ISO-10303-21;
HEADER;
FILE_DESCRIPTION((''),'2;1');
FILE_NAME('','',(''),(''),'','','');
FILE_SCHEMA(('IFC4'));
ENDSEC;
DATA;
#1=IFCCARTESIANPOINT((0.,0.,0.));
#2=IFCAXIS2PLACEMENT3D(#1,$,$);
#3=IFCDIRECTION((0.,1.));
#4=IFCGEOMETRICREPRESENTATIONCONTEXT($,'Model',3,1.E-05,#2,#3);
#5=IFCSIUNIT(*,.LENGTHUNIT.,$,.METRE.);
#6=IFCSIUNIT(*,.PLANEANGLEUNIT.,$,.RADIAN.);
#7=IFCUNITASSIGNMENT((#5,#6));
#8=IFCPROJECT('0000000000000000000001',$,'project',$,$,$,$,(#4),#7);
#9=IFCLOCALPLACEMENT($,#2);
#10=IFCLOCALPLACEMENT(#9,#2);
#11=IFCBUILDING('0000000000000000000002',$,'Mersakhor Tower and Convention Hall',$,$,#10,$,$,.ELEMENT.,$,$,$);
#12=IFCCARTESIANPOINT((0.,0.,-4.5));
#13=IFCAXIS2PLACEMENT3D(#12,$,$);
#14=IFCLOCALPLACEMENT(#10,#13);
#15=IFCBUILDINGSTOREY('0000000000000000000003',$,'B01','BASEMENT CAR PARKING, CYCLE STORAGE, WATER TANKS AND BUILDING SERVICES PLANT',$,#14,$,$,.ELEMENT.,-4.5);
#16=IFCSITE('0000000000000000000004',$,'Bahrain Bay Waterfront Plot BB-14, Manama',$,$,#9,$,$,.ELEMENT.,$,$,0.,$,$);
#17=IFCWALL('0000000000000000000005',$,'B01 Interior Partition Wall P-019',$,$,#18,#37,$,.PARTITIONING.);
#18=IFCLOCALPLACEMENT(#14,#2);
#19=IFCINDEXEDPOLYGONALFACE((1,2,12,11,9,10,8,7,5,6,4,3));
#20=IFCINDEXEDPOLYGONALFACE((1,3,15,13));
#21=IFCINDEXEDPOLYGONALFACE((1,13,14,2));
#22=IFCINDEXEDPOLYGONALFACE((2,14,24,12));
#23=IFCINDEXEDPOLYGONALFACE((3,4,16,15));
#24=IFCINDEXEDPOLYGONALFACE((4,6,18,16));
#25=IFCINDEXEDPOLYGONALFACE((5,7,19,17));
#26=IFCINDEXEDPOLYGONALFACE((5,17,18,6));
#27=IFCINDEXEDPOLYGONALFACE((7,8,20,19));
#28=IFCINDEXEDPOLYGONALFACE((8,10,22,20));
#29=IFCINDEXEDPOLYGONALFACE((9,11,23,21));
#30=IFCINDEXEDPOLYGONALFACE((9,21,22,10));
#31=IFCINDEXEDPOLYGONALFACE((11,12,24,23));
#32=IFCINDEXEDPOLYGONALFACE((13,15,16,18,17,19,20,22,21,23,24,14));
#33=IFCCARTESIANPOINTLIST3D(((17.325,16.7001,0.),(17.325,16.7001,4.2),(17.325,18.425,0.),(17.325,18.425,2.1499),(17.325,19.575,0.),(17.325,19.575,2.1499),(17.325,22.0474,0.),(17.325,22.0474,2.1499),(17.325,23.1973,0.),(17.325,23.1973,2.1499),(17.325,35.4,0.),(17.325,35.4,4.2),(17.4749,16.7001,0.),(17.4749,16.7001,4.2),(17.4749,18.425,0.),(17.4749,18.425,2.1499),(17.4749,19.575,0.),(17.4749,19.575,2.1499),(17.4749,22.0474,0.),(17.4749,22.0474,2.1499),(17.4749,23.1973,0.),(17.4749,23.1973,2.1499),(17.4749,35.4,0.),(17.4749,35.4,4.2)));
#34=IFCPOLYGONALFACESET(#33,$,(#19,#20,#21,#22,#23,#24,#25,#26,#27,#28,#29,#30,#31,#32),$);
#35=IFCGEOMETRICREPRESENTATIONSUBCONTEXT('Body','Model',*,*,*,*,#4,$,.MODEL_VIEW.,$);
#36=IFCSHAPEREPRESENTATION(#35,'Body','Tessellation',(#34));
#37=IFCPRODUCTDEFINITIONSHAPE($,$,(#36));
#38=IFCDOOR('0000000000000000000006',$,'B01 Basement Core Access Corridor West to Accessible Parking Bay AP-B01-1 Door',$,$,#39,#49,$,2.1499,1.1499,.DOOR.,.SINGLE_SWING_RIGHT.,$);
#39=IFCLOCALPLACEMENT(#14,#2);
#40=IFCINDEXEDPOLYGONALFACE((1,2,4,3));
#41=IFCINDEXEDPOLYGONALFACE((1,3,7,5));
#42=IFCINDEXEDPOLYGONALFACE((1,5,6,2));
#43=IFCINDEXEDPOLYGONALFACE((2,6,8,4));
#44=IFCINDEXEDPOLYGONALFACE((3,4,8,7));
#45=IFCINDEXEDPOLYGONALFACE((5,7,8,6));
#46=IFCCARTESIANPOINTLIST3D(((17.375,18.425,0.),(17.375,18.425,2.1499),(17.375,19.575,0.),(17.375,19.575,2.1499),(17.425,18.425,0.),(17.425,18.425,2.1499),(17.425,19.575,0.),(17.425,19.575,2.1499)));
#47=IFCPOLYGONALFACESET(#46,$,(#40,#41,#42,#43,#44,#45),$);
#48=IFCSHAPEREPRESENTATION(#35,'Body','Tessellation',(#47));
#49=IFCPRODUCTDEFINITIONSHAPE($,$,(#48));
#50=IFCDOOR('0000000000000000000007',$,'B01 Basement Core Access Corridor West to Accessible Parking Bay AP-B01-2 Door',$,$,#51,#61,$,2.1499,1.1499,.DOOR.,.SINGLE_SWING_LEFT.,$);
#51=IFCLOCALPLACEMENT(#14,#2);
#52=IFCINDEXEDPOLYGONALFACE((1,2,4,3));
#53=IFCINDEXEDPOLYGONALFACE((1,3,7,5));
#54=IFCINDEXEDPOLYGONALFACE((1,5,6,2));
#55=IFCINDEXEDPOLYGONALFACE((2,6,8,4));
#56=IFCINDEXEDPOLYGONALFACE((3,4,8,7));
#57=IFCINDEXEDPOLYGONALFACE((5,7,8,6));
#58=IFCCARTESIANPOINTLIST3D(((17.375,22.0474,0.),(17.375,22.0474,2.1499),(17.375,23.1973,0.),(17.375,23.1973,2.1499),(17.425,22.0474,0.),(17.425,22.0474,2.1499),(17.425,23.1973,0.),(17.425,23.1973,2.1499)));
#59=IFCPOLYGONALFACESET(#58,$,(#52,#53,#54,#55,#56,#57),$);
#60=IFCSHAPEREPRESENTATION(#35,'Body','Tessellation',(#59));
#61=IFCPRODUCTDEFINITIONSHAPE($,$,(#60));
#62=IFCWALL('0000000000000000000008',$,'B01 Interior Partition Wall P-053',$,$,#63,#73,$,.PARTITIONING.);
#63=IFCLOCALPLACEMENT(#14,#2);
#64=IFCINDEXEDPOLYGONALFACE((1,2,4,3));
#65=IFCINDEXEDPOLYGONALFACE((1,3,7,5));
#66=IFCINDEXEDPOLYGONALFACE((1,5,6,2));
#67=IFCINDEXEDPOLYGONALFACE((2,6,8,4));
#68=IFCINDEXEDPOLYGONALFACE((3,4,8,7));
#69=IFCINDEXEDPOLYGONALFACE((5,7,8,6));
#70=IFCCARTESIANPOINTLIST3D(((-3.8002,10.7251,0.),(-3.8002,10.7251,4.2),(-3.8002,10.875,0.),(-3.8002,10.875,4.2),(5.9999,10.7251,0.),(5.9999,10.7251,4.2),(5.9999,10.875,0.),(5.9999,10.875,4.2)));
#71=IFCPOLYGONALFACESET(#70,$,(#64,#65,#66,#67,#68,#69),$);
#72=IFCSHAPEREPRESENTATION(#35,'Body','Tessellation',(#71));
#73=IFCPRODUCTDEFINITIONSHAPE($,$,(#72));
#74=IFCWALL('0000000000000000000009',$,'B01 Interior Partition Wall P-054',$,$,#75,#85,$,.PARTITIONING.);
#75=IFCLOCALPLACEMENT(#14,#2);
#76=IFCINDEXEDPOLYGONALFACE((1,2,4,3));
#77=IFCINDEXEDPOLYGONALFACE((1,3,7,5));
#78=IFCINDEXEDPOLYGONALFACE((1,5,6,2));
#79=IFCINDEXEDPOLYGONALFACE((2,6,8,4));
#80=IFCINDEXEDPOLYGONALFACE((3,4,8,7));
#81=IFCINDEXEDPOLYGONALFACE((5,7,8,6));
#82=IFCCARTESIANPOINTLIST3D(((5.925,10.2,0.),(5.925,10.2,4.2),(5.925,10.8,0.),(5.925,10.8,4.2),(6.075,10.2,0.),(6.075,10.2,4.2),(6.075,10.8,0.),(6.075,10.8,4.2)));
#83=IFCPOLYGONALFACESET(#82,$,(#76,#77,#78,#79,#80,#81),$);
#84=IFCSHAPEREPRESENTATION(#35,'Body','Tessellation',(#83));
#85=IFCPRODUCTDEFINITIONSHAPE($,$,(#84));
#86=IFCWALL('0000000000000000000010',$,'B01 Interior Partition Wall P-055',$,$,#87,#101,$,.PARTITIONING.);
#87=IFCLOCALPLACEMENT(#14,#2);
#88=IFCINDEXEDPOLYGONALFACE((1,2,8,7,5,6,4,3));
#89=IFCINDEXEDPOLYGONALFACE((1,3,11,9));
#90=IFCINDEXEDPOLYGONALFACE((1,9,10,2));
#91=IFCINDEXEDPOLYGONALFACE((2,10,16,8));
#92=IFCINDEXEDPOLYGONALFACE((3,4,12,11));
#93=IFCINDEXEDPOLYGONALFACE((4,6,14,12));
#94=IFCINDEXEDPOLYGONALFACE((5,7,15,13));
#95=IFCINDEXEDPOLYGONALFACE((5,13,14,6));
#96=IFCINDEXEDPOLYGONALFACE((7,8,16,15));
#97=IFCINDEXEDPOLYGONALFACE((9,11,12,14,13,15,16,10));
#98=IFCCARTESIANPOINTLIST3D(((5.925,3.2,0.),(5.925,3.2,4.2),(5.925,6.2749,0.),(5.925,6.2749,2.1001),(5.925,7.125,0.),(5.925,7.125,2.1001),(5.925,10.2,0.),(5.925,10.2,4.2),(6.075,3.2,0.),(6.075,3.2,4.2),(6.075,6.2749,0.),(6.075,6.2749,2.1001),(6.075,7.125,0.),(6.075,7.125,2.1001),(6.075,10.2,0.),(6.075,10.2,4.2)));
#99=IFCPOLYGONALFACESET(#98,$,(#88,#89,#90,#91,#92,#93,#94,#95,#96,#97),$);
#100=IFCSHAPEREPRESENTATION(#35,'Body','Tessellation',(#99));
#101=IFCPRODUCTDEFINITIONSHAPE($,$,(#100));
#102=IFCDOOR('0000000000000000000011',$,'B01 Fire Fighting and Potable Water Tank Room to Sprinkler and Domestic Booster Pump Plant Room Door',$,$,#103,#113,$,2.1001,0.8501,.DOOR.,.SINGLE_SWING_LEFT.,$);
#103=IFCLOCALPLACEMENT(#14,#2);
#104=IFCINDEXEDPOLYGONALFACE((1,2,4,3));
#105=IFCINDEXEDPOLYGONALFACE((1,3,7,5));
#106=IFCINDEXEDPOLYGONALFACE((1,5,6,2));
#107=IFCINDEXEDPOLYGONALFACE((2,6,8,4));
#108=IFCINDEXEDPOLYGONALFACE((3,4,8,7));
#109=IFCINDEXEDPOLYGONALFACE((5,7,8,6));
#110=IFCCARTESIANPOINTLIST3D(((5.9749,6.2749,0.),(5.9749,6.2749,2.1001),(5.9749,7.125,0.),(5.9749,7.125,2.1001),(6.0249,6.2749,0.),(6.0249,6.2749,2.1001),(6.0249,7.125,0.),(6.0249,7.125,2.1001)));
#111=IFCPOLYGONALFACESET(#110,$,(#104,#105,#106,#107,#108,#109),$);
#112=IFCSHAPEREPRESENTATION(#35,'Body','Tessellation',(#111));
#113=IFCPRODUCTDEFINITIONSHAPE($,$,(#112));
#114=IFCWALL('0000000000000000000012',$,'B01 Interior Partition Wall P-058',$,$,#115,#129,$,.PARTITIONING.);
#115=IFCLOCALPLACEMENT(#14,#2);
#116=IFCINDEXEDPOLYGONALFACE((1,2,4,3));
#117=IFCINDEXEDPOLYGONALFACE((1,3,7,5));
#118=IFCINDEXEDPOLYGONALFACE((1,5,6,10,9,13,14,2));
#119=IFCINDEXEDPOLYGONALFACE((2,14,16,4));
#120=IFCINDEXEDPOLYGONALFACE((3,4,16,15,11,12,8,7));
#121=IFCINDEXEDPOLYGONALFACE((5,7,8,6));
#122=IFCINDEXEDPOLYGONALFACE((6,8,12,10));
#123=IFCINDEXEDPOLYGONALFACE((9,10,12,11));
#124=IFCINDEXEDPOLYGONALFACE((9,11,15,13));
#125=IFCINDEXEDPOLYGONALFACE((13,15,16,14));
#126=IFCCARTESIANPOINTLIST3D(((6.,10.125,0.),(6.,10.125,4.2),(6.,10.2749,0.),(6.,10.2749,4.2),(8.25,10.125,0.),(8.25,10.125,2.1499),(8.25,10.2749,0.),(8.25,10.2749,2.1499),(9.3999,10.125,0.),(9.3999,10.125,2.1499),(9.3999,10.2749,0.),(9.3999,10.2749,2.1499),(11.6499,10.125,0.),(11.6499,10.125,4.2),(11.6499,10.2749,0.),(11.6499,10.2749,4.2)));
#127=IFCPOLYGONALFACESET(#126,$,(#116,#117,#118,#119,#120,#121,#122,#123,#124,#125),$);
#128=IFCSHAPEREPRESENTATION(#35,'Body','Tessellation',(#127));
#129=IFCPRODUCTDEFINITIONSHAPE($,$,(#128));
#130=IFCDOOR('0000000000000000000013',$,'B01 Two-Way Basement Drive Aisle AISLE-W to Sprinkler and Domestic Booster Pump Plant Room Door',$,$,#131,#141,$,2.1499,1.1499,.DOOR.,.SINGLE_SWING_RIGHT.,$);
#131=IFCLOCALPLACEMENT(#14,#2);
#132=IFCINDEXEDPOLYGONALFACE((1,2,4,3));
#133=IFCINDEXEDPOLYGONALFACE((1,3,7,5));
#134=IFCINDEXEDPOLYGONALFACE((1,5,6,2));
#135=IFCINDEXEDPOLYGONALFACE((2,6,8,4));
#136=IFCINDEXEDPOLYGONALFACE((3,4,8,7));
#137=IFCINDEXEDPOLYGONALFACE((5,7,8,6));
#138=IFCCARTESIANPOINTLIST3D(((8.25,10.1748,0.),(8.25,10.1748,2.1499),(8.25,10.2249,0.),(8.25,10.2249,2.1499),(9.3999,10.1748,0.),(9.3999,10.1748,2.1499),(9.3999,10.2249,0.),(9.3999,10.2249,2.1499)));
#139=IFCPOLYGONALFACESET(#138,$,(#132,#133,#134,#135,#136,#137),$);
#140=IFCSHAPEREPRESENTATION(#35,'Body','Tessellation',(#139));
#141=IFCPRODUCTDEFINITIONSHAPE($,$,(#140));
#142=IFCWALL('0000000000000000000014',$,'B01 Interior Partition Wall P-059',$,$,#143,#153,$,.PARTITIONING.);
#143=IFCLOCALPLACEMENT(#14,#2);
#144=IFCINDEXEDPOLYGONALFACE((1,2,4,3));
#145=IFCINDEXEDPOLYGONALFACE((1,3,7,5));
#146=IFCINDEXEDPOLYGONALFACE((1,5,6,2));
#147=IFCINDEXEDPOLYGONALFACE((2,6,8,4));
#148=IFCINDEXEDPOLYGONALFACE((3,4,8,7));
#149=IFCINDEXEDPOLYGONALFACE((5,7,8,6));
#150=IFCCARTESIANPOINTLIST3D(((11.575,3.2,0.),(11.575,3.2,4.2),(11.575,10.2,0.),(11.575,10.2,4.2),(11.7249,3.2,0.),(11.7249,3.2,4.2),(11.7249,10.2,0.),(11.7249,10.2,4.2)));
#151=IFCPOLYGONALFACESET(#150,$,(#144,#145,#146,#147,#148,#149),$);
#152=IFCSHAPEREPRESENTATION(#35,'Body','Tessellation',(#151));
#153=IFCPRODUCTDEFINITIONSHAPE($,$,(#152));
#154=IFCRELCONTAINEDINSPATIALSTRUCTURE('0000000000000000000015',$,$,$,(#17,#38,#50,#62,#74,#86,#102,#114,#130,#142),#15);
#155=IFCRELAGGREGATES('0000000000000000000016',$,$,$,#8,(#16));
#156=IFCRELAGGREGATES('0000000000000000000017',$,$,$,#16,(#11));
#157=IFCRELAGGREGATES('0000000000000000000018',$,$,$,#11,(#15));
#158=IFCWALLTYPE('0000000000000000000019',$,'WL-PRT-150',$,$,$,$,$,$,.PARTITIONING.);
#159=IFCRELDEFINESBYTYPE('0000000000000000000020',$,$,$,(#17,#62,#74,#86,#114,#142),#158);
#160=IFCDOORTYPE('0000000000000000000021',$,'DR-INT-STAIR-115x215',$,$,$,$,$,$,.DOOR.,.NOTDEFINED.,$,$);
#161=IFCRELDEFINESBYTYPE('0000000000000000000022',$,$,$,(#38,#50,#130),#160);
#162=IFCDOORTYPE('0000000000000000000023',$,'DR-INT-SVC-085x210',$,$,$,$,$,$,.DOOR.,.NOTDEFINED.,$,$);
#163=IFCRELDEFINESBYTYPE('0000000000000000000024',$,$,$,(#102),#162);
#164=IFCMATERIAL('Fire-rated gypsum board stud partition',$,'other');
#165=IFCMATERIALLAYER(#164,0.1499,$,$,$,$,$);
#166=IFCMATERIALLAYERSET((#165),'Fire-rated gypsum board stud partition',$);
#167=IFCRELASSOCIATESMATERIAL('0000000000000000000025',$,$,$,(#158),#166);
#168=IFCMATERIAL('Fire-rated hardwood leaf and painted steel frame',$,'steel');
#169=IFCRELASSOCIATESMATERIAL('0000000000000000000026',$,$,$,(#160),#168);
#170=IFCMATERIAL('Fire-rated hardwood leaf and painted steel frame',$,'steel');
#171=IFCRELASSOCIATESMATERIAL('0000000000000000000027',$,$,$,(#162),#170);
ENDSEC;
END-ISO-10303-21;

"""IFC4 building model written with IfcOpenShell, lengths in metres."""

from ifc_helpers import new_model, si_unit, direction, frame, frame_2d, origin, place, context, subcontext, project, spatial, rectangle, extrude, material, layer, layer_set, type_object, element, fill, save


model = new_model("IFC4")

# Units and contexts
model_context = context("Model", 3, precision=1e-05, world=origin(), true_north=direction((0.0, 1.0)))
body_context = subcontext(model_context, "Body", "Model", "MODEL_VIEW")
ifc_project = project(units=[si_unit("LENGTHUNIT", "METRE"), si_unit("PLANEANGLEUNIT", "RADIAN")], contexts=[model_context])

# Site, building, storey
site_placement = place(None, origin())
site = spatial("IfcSite", under=ifc_project, at=site_placement, Name="Bahrain Bay Waterfront Plot BB-14, Manama", CompositionType="ELEMENT", RefElevation=0.0)
building_placement = place(site_placement, origin())
building = spatial("IfcBuilding", under=site, at=building_placement, Name="Mersakhor Tower and Convention Hall", CompositionType="ELEMENT")
storey_placement = place(building_placement, frame((0.0, 0.0, -4.5)))
storey = spatial("IfcBuildingStorey", under=building, at=storey_placement, Name="B01", Description="BASEMENT CAR PARKING, CYCLE STORAGE, WATER TANKS AND BUILDING SERVICES PLANT", CompositionType="ELEMENT", Elevation=-4.5)

# Wall, openings, doors
ifc_material_1 = material(Name="Fire-rated gypsum board stud partition", Category="other")
ifc_layer_1 = layer(ifc_material_1, 0.1499)
ifc_layer_set_1 = layer_set([ifc_layer_1], Name="Fire-rated gypsum board stud partition")
wall_type = type_object("IfcWallType", Name="WL-PRT-150", PredefinedType="PARTITIONING", material=ifc_layer_set_1)
wall_1_placement = place(storey_placement, frame((17.3999, 16.7, 0.0), z_axis=(0.0, 0.0, 1.0), x_axis=(0.0, 1.0, 0.0)))
wall_1 = element("IfcWall", 1, at=wall_1_placement, inside=storey, type_object=wall_type, Name="B01 Interior Partition Wall P-019", PredefinedType="PARTITIONING", context=body_context, shape_type="SweptSolid", body=[
    extrude(rectangle(XDim=18.7, YDim=0.1499, at=frame_2d((9.3501, 0.0))), origin(), (0.0, 0.0, 1.0), 4.2),
])
opening_1_placement = place(wall_1_placement, frame((1.7251, 0.0, 0.0)))
opening_1 = element("IfcOpeningElement", 2, at=opening_1_placement, cuts=wall_1, PredefinedType="OPENING", context=body_context, shape_type="SweptSolid", body=[
    extrude(rectangle(XDim=1.1499, YDim=2.1499, at=frame_2d((0.575, 1.075))), frame((0.0, 0.085, 0.0), z_axis=(0.0, -1.0, 0.0), x_axis=(1.0, 0.0, 0.0)), (0.0, 0.0, 1.0), 0.1699),
])
opening_2_placement = place(wall_1_placement, frame((5.3474, 0.0, 0.0)))
opening_2 = element("IfcOpeningElement", 3, at=opening_2_placement, cuts=wall_1, PredefinedType="OPENING", context=body_context, shape_type="SweptSolid", body=[
    extrude(rectangle(XDim=1.1499, YDim=2.1499, at=frame_2d((0.575, 1.075))), frame((0.0, 0.085, 0.0), z_axis=(0.0, -1.0, 0.0), x_axis=(1.0, 0.0, 0.0)), (0.0, 0.0, 1.0), 0.1699),
])
ifc_material_2 = material(Name="Fire-rated hardwood leaf and painted steel frame", Category="steel")
door_type_1 = type_object("IfcDoorType", Name="DR-INT-STAIR-115x215", OperationType="NOTDEFINED", PredefinedType="DOOR", material=ifc_material_2)
door_1_placement = place(opening_1_placement, origin())
door_1 = element("IfcDoor", 4, at=door_1_placement, inside=storey, type_object=door_type_1, Name="B01 Basement Core Access Corridor West to Accessible Parking Bay AP-B01-1 Door", OperationType="SINGLE_SWING_RIGHT", OverallHeight=2.1499, OverallWidth=1.1499, PredefinedType="DOOR", context=body_context, shape_type="SweptSolid", body=[
    extrude(rectangle(XDim=1.1499, YDim=2.1499, at=frame_2d((0.575, 1.075))), frame((0.0, 0.0249, 0.0), z_axis=(0.0, -1.0, 0.0), x_axis=(1.0, 0.0, 0.0)), (0.0, 0.0, 1.0), 0.05),
])
fill(opening_1, door_1)
door_2_placement = place(opening_2_placement, origin())
door_2 = element("IfcDoor", 5, at=door_2_placement, inside=storey, type_object=door_type_1, Name="B01 Basement Core Access Corridor West to Accessible Parking Bay AP-B01-2 Door", OperationType="SINGLE_SWING_LEFT", OverallHeight=2.1499, OverallWidth=1.1499, PredefinedType="DOOR", context=body_context, shape_type="SweptSolid", body=[
    extrude(rectangle(XDim=1.1499, YDim=2.1499, at=frame_2d((0.575, 1.075))), frame((0.0, 0.0249, 0.0), z_axis=(0.0, -1.0, 0.0), x_axis=(1.0, 0.0, 0.0)), (0.0, 0.0, 1.0), 0.05),
])
fill(opening_2, door_2)

# Walls
wall_2_placement = place(storey_placement, frame((-3.8, 10.8, 0.0), z_axis=(0.0, 0.0, 1.0), x_axis=(1.0, 0.0, 0.0)))
element("IfcWall", 6, at=wall_2_placement, inside=storey, type_object=wall_type, Name="B01 Interior Partition Wall P-053", PredefinedType="PARTITIONING", context=body_context, shape_type="SweptSolid", body=[
    extrude(rectangle(XDim=9.8, YDim=0.1499, at=frame_2d((4.8999, 0.0))), origin(), (0.0, 0.0, 1.0), 4.2),
])
wall_3_placement = place(storey_placement, frame((6.0, 10.8, 0.0), z_axis=(0.0, 0.0, 1.0), x_axis=(0.0, -1.0, 0.0)))
element("IfcWall", 7, at=wall_3_placement, inside=storey, type_object=wall_type, Name="B01 Interior Partition Wall P-054", PredefinedType="PARTITIONING", context=body_context, shape_type="SweptSolid", body=[
    extrude(rectangle(XDim=0.6001, YDim=0.1499, at=frame_2d((0.3, 0.0))), origin(), (0.0, 0.0, 1.0), 4.2),
])

# Walls, openings, doors
wall_4_placement = place(storey_placement, frame((6.0, 10.2, 0.0), z_axis=(0.0, 0.0, 1.0), x_axis=(0.0, -1.0, 0.0)))
wall_4 = element("IfcWall", 8, at=wall_4_placement, inside=storey, type_object=wall_type, Name="B01 Interior Partition Wall P-055", PredefinedType="PARTITIONING", context=body_context, shape_type="SweptSolid", body=[
    extrude(rectangle(XDim=7.0, YDim=0.1499, at=frame_2d((3.5, 0.0))), origin(), (0.0, 0.0, 1.0), 4.2),
])
opening_3_placement = place(wall_4_placement, frame((3.075, 0.0, 0.0)))
opening_3 = element("IfcOpeningElement", 9, at=opening_3_placement, cuts=wall_4, PredefinedType="OPENING", context=body_context, shape_type="SweptSolid", body=[
    extrude(rectangle(XDim=0.8501, YDim=2.1001, at=frame_2d((0.425, 1.05))), frame((0.0, 0.085, 0.0), z_axis=(0.0, -1.0, 0.0), x_axis=(1.0, 0.0, 0.0)), (0.0, 0.0, 1.0), 0.1699),
])
ifc_material_3 = material(Name="Fire-rated hardwood leaf and painted steel frame", Category="steel")
door_type_2 = type_object("IfcDoorType", Name="DR-INT-SVC-085x210", OperationType="NOTDEFINED", PredefinedType="DOOR", material=ifc_material_3)
door_3_placement = place(opening_3_placement, origin())
door_3 = element("IfcDoor", 10, at=door_3_placement, inside=storey, type_object=door_type_2, Name="B01 Fire Fighting and Potable Water Tank Room to Sprinkler and Domestic Booster Pump Plant Room Door", OperationType="SINGLE_SWING_LEFT", OverallHeight=2.1001, OverallWidth=0.8501, PredefinedType="DOOR", context=body_context, shape_type="SweptSolid", body=[
    extrude(rectangle(XDim=0.8501, YDim=2.1001, at=frame_2d((0.425, 1.05))), frame((0.0, 0.0249, 0.0), z_axis=(0.0, -1.0, 0.0), x_axis=(1.0, 0.0, 0.0)), (0.0, 0.0, 1.0), 0.05),
])
fill(opening_3, door_3)
wall_5_placement = place(storey_placement, frame((6.0, 10.2, 0.0), z_axis=(0.0, 0.0, 1.0), x_axis=(1.0, 0.0, 0.0)))
wall_5 = element("IfcWall", 11, at=wall_5_placement, inside=storey, type_object=wall_type, Name="B01 Interior Partition Wall P-058", PredefinedType="PARTITIONING", context=body_context, shape_type="SweptSolid", body=[
    extrude(rectangle(XDim=5.6499, YDim=0.1499, at=frame_2d((2.825, 0.0))), origin(), (0.0, 0.0, 1.0), 4.2),
])
opening_4_placement = place(wall_5_placement, frame((2.25, 0.0, 0.0)))
opening_4 = element("IfcOpeningElement", 12, at=opening_4_placement, cuts=wall_5, PredefinedType="OPENING", context=body_context, shape_type="SweptSolid", body=[
    extrude(rectangle(XDim=1.1499, YDim=2.1499, at=frame_2d((0.575, 1.075))), frame((0.0, 0.085, 0.0), z_axis=(0.0, -1.0, 0.0), x_axis=(1.0, 0.0, 0.0)), (0.0, 0.0, 1.0), 0.1699),
])
door_4_placement = place(opening_4_placement, origin())
door_4 = element("IfcDoor", 13, at=door_4_placement, inside=storey, type_object=door_type_1, Name="B01 Two-Way Basement Drive Aisle AISLE-W to Sprinkler and Domestic Booster Pump Plant Room Door", OperationType="SINGLE_SWING_RIGHT", OverallHeight=2.1499, OverallWidth=1.1499, PredefinedType="DOOR", context=body_context, shape_type="SweptSolid", body=[
    extrude(rectangle(XDim=1.1499, YDim=2.1499, at=frame_2d((0.575, 1.075))), frame((0.0, 0.0249, 0.0), z_axis=(0.0, -1.0, 0.0), x_axis=(1.0, 0.0, 0.0)), (0.0, 0.0, 1.0), 0.05),
])
fill(opening_4, door_4)

# Wall
wall_6_placement = place(storey_placement, frame((11.6499, 10.2, 0.0), z_axis=(0.0, 0.0, 1.0), x_axis=(0.0, -1.0, 0.0)))
element("IfcWall", 14, at=wall_6_placement, inside=storey, type_object=wall_type, Name="B01 Interior Partition Wall P-059", PredefinedType="PARTITIONING", context=body_context, shape_type="SweptSolid", body=[
    extrude(rectangle(XDim=7.0, YDim=0.1499, at=frame_2d((3.5, 0.0))), origin(), (0.0, 0.0, 1.0), 4.2),
])

save(model, "model.ifc")
